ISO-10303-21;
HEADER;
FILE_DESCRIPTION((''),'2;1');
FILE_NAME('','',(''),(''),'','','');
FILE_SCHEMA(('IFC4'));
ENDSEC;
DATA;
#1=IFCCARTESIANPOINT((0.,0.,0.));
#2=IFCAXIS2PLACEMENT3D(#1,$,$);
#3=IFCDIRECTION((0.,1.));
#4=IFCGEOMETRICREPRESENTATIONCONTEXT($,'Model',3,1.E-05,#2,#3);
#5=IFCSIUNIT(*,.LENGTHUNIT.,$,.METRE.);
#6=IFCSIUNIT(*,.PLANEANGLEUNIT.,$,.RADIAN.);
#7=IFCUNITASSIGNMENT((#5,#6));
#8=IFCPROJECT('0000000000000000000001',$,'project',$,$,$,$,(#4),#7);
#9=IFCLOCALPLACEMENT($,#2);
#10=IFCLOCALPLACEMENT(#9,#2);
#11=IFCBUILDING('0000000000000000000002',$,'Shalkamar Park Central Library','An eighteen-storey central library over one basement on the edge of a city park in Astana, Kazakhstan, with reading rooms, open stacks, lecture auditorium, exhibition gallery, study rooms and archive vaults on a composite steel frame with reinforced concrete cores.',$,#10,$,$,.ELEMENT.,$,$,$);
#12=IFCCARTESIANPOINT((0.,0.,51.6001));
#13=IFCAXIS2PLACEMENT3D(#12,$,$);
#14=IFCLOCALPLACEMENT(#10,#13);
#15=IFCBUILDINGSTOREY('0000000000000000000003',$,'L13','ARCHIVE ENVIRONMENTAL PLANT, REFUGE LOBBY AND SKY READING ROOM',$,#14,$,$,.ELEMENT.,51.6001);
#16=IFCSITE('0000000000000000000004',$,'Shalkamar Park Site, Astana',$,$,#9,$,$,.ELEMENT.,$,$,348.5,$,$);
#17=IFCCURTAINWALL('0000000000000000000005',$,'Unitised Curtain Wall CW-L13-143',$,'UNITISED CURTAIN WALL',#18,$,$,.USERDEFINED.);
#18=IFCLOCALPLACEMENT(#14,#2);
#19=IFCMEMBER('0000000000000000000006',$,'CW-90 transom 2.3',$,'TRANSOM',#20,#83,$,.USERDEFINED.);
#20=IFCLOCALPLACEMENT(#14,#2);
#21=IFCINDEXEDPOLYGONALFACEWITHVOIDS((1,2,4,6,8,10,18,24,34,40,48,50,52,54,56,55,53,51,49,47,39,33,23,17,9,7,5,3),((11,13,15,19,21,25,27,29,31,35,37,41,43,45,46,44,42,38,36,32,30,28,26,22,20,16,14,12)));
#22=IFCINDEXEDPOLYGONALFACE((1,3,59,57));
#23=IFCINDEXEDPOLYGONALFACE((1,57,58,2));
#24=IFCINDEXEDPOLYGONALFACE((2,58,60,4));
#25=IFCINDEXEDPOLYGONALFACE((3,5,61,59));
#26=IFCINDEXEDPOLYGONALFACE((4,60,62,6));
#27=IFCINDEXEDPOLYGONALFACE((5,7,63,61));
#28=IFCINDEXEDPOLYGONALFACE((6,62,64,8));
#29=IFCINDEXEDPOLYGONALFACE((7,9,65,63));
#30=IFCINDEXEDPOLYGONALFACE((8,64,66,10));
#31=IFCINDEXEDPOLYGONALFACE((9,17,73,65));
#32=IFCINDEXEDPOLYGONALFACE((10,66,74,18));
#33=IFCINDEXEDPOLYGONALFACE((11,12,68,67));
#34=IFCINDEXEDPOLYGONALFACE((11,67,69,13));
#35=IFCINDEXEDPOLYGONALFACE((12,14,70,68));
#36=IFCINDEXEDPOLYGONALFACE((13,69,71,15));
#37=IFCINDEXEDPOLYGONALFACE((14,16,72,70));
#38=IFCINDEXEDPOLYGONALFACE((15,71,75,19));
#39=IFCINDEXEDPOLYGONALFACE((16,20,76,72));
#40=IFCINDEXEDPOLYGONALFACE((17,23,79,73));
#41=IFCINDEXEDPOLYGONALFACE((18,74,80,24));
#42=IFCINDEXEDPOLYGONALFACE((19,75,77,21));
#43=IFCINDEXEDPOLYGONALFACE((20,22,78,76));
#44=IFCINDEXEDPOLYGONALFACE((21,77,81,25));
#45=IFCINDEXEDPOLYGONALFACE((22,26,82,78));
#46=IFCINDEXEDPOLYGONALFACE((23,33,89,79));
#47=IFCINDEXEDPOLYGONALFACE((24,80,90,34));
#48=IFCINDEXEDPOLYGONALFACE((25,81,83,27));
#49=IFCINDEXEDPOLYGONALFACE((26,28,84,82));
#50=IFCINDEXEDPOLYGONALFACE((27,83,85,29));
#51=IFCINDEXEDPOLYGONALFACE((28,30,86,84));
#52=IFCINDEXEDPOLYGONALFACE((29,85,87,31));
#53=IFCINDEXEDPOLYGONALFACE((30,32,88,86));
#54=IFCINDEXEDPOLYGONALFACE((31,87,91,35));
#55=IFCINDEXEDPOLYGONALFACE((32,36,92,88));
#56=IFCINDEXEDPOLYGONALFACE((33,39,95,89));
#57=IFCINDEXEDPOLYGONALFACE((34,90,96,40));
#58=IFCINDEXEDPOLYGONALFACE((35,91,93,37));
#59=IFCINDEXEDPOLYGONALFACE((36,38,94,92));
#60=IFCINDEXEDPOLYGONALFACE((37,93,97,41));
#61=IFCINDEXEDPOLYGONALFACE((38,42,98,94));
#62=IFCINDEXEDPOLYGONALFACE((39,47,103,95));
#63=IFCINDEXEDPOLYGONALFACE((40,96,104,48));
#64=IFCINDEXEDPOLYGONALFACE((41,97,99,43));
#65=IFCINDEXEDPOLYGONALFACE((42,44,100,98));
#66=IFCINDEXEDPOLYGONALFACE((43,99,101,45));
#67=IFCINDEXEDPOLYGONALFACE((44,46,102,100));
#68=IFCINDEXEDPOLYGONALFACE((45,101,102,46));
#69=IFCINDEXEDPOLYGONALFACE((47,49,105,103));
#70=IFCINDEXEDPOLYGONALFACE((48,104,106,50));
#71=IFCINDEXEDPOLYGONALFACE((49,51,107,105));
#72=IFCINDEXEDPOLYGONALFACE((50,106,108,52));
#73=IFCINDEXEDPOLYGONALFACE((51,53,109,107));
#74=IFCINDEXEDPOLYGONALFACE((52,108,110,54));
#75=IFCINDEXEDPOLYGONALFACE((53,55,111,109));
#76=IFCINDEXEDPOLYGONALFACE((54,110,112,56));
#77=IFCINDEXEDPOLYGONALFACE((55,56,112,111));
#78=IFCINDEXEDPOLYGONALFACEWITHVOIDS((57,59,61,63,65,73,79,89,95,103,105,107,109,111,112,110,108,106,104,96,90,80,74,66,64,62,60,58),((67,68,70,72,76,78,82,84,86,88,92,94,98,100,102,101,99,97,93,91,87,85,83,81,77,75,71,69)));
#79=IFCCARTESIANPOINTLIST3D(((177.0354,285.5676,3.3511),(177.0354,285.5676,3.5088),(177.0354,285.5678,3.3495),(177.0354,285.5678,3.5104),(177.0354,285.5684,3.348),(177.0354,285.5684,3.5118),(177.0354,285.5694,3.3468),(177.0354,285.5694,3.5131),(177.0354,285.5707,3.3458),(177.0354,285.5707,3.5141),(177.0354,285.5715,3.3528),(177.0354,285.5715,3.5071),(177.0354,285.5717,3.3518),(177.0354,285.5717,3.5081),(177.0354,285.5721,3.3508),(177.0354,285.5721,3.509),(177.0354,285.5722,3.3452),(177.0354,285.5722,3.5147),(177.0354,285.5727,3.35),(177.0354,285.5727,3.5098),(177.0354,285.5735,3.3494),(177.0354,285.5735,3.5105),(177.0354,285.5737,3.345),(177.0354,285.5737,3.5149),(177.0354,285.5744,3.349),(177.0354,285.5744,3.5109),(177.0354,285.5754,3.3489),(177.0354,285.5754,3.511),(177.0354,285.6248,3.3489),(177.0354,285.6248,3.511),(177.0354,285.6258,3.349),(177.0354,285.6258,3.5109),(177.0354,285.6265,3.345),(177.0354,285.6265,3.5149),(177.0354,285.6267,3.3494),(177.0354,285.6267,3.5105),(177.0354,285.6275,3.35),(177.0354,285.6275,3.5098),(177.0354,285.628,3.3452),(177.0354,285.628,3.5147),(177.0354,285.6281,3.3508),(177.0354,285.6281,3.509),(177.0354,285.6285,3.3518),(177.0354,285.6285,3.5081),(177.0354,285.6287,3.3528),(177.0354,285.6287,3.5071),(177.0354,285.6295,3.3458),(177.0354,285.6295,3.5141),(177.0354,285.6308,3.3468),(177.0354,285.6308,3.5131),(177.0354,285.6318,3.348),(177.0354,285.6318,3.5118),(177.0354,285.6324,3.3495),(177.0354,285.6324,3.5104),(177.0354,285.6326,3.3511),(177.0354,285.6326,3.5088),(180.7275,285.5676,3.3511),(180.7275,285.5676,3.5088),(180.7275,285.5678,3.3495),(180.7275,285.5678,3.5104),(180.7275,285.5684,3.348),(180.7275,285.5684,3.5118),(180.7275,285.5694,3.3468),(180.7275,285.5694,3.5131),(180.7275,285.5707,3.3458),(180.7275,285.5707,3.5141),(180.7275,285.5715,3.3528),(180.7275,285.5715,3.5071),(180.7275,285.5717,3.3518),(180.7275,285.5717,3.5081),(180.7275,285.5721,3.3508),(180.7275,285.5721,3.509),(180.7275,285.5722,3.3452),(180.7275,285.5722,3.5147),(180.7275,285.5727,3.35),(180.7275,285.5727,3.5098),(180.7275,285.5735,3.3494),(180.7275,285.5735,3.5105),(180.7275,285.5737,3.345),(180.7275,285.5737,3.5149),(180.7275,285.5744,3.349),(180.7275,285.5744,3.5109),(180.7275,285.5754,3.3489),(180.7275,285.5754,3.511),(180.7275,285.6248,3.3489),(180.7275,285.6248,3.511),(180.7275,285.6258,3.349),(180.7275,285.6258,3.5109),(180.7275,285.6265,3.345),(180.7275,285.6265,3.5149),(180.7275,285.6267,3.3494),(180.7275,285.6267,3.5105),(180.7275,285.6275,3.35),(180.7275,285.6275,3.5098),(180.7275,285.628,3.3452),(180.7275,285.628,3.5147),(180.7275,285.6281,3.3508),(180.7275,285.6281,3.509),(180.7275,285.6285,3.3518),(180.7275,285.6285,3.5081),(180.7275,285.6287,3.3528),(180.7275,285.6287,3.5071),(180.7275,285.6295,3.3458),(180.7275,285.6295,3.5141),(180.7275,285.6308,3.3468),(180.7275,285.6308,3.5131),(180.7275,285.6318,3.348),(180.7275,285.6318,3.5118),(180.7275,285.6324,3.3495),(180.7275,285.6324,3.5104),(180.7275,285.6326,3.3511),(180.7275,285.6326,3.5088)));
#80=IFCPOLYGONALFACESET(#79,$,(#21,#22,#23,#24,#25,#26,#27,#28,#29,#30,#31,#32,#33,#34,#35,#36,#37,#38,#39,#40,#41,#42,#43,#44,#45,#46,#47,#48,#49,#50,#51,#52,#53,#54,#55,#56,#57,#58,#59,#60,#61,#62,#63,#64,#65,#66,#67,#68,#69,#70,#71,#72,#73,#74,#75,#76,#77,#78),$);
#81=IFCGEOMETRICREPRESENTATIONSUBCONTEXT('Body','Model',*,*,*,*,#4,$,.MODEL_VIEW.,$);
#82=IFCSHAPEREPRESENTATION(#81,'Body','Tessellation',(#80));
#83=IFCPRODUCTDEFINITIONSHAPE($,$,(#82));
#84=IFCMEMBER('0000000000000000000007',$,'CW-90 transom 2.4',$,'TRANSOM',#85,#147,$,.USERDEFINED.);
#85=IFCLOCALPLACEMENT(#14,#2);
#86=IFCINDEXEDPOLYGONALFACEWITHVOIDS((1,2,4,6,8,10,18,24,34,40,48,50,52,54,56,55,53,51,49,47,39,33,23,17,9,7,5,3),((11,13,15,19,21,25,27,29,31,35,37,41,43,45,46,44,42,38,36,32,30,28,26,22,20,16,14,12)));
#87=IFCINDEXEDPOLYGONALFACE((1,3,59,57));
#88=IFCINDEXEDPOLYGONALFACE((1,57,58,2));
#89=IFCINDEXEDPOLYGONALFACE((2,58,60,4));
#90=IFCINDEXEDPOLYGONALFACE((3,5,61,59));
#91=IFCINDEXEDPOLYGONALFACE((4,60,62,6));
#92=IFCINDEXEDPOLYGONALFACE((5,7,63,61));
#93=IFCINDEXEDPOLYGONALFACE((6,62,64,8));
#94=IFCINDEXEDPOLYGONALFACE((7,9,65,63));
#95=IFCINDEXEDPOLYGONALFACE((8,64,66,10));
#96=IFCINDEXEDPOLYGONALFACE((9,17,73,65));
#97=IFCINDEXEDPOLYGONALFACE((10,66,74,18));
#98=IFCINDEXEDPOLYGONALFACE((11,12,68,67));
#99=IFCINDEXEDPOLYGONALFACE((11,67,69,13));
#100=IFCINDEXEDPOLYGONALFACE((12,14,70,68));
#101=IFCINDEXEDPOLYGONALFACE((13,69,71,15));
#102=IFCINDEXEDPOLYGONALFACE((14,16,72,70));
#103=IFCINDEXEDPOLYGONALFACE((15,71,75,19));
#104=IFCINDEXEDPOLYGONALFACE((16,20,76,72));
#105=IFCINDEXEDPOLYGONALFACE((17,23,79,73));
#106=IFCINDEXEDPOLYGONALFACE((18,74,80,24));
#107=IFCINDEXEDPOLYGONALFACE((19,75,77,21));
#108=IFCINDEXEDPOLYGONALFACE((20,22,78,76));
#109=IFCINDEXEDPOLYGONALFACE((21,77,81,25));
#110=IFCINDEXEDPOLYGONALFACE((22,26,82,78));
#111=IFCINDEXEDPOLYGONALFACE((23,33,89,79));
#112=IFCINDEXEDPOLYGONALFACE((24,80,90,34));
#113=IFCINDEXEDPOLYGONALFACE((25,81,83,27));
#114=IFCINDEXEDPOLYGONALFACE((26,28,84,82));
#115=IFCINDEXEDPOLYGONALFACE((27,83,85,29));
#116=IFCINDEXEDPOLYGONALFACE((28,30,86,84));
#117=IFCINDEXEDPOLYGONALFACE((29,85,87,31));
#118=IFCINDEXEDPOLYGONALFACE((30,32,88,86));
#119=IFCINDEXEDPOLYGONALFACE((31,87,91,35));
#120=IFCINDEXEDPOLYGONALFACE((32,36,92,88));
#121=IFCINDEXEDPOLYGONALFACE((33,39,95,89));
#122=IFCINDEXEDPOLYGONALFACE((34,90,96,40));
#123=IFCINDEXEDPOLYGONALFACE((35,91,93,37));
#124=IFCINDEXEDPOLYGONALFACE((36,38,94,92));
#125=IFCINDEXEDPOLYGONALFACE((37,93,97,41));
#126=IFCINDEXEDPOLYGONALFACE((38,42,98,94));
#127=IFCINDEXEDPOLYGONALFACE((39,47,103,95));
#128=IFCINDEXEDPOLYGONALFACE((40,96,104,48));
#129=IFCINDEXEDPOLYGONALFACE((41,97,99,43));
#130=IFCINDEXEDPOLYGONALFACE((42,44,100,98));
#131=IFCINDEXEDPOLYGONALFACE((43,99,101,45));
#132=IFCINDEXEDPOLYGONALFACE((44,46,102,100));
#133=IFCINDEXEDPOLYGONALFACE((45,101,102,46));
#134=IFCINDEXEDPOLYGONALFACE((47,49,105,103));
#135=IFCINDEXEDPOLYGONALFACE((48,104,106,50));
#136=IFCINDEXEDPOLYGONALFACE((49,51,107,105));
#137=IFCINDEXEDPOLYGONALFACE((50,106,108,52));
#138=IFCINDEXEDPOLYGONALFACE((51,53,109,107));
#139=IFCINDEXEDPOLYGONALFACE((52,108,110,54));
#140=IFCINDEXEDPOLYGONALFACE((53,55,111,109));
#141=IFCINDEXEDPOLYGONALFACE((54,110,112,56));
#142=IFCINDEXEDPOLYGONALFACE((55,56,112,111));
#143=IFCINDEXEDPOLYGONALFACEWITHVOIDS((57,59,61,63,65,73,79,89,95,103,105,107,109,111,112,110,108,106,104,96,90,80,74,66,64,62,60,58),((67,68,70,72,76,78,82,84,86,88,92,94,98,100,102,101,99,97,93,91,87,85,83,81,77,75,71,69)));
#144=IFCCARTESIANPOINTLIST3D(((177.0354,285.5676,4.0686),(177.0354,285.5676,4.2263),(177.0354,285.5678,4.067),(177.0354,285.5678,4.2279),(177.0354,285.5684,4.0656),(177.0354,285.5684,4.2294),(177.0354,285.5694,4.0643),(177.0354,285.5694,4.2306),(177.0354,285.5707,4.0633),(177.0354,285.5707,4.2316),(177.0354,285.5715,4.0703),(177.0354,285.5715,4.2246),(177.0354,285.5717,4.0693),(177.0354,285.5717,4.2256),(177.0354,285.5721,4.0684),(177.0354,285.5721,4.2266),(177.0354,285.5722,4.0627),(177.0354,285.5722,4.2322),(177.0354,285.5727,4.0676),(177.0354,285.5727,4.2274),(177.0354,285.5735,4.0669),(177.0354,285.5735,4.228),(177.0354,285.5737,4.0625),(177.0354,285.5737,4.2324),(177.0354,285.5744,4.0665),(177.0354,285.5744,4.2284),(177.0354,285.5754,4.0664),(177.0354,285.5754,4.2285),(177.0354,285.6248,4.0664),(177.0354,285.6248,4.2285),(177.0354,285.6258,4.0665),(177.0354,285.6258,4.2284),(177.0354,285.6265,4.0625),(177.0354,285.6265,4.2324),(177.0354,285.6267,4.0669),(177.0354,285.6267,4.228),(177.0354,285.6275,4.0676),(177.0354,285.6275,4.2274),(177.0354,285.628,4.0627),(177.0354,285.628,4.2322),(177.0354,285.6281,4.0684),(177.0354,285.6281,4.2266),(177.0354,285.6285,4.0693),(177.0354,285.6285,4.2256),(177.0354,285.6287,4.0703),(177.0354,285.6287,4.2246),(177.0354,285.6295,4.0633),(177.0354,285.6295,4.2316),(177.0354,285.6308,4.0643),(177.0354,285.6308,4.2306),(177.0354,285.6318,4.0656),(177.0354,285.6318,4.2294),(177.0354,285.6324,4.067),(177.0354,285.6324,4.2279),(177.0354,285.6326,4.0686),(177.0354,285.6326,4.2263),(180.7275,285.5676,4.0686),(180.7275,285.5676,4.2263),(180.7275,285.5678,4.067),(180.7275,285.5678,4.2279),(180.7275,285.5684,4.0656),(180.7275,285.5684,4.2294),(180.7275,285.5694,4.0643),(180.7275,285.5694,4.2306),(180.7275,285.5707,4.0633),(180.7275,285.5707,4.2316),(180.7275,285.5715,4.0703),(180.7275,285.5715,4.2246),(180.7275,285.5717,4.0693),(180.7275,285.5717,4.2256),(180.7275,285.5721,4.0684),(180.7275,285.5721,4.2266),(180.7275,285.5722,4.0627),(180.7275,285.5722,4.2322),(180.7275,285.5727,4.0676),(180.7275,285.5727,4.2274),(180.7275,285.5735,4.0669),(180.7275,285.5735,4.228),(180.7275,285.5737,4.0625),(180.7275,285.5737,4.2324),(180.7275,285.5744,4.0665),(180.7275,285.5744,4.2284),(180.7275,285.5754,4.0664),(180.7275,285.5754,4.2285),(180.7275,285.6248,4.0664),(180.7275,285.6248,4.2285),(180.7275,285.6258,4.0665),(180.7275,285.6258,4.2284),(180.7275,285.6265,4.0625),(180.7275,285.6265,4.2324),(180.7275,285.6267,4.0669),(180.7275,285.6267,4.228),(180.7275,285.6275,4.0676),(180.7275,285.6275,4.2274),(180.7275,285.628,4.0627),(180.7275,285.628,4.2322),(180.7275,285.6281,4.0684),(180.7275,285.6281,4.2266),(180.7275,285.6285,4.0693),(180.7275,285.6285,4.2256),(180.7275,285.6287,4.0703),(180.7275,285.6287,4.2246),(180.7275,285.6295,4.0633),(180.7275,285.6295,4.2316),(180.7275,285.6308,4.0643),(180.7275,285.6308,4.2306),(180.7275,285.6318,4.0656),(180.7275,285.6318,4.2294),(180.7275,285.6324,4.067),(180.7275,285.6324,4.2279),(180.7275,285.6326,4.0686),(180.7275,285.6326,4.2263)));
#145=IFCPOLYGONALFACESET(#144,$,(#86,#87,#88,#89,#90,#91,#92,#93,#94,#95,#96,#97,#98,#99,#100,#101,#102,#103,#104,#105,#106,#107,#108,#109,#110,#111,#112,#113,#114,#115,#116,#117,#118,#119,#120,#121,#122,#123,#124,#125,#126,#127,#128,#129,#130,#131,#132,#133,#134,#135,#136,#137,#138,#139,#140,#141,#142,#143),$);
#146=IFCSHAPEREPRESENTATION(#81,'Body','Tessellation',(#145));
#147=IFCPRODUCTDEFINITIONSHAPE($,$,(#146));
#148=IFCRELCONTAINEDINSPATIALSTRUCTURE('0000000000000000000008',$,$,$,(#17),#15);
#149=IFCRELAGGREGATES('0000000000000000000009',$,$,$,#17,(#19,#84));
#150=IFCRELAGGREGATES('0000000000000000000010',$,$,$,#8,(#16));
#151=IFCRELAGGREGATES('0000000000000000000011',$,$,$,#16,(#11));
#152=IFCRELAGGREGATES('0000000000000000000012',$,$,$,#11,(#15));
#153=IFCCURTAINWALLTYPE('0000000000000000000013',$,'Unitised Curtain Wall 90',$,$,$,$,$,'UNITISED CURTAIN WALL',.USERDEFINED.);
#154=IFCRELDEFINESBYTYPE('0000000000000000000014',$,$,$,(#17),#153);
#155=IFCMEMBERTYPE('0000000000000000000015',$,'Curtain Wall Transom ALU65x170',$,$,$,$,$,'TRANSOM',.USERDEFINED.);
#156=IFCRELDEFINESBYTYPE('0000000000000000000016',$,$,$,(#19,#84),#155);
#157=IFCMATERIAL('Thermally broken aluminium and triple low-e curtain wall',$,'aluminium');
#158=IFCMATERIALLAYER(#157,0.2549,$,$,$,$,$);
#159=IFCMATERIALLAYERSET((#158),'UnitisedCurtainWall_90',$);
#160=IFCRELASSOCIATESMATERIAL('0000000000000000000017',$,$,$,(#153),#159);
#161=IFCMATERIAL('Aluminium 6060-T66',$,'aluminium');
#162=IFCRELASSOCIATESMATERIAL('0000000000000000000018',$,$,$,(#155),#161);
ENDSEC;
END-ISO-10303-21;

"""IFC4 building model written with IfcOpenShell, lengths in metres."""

from ifc_helpers import new_model, si_unit, direction, frame, origin, origin_2d, place, context, subcontext, project, spatial, hollow_rectangle, extrude, material, layer, layer_set, material_profile, profile_set, type_object, element, aggregate, save


model = new_model("IFC4")

# Units and contexts
model_context = context("Model", 3, precision=1e-05, world=origin(), true_north=direction((0.0, 1.0)))
body_context = subcontext(model_context, "Body", "Model", "MODEL_VIEW")
ifc_project = project(units=[si_unit("LENGTHUNIT", "METRE"), si_unit("PLANEANGLEUNIT", "RADIAN")], contexts=[model_context])

# Site, building, storey
site_placement = place(None, origin())
site = spatial("IfcSite", under=ifc_project, at=site_placement, Name="Shalkamar Park Site, Astana", CompositionType="ELEMENT", RefElevation=348.5)
building_placement = place(site_placement, origin())
building = spatial("IfcBuilding", under=site, at=building_placement, Name="Shalkamar Park Central Library", Description="An eighteen-storey central library over one basement on the edge of a city park in Astana, Kazakhstan, with reading rooms, open stacks, lecture auditorium, exhibition gallery, study rooms and archive vaults on a composite steel frame with reinforced concrete cores.", CompositionType="ELEMENT")
storey_placement = place(building_placement, frame((0.0, 0.0, 51.6001)))
storey = spatial("IfcBuildingStorey", under=building, at=storey_placement, Name="L13", Description="ARCHIVE ENVIRONMENTAL PLANT, REFUGE LOBBY AND SKY READING ROOM", CompositionType="ELEMENT", Elevation=51.6001)

# Curtain wall
ifc_material_1 = material(Name="Thermally broken aluminium and triple low-e curtain wall", Category="aluminium")
ifc_layer_1 = layer(ifc_material_1, 0.2549)
ifc_layer_set_1 = layer_set([ifc_layer_1], Name="UnitisedCurtainWall_90")
curtain_wall_type_1 = type_object("IfcCurtainWallType", Name="Unitised Curtain Wall 90", ElementType="UNITISED CURTAIN WALL", PredefinedType="USERDEFINED", material=ifc_layer_set_1)
curtain_wall_1_placement = place(storey_placement, origin())
curtain_wall_1 = element("IfcCurtainWall", 1, at=curtain_wall_1_placement, inside=storey, type_object=curtain_wall_type_1, Name="Unitised Curtain Wall CW-L13-143", ObjectType="UNITISED CURTAIN WALL", PredefinedType="USERDEFINED")
ifc_material_2 = material(Name="Aluminium 6060-T66", Category="aluminium")

# Members
ifc_material_profile_1 = material_profile(ifc_material_2, hollow_rectangle(XDim=0.0649, YDim=0.1699, WallThickness=0.0039, InnerFilletRadius=0.0039, OuterFilletRadius=0.0061, at=origin_2d()), Name="ALU 65x170x4")
ifc_profile_set_1 = profile_set([ifc_material_profile_1], Name="Aluminium 6060-T66")
member_type_1 = type_object("IfcMemberType", Name="Curtain Wall Transom ALU65x170", ElementType="TRANSOM", PredefinedType="USERDEFINED", material=ifc_profile_set_1)
member_1_placement = place(storey_placement, frame((177.0354, 285.6001, 3.4299), z_axis=(1.0, 0.0, 0.0), x_axis=(0.0, 1.0, 0.0)))
member_1 = element("IfcMember", 2, at=member_1_placement, type_object=member_type_1, Name="CW-90 transom 2.3", ObjectType="TRANSOM", PredefinedType="USERDEFINED", context=body_context, shape_type="SweptSolid", body=[
    extrude(hollow_rectangle(XDim=0.0649, YDim=0.1699, WallThickness=0.0039, InnerFilletRadius=0.0039, OuterFilletRadius=0.0061, at=origin_2d()), origin(), (0.0, 0.0, 1.0), 3.6921),
])
member_2_placement = place(storey_placement, frame((177.0354, 285.6001, 4.1475), z_axis=(1.0, 0.0, 0.0), x_axis=(0.0, 1.0, 0.0)))
member_2 = element("IfcMember", 3, at=member_2_placement, type_object=member_type_1, Name="CW-90 transom 2.4", ObjectType="TRANSOM", PredefinedType="USERDEFINED", context=body_context, shape_type="SweptSolid", body=[
    extrude(hollow_rectangle(XDim=0.0649, YDim=0.1699, WallThickness=0.0039, InnerFilletRadius=0.0039, OuterFilletRadius=0.0061, at=origin_2d()), origin(), (0.0, 0.0, 1.0), 3.6921),
])

aggregate(curtain_wall_1, [member_1, member_2])

save(model, "model.ifc")
